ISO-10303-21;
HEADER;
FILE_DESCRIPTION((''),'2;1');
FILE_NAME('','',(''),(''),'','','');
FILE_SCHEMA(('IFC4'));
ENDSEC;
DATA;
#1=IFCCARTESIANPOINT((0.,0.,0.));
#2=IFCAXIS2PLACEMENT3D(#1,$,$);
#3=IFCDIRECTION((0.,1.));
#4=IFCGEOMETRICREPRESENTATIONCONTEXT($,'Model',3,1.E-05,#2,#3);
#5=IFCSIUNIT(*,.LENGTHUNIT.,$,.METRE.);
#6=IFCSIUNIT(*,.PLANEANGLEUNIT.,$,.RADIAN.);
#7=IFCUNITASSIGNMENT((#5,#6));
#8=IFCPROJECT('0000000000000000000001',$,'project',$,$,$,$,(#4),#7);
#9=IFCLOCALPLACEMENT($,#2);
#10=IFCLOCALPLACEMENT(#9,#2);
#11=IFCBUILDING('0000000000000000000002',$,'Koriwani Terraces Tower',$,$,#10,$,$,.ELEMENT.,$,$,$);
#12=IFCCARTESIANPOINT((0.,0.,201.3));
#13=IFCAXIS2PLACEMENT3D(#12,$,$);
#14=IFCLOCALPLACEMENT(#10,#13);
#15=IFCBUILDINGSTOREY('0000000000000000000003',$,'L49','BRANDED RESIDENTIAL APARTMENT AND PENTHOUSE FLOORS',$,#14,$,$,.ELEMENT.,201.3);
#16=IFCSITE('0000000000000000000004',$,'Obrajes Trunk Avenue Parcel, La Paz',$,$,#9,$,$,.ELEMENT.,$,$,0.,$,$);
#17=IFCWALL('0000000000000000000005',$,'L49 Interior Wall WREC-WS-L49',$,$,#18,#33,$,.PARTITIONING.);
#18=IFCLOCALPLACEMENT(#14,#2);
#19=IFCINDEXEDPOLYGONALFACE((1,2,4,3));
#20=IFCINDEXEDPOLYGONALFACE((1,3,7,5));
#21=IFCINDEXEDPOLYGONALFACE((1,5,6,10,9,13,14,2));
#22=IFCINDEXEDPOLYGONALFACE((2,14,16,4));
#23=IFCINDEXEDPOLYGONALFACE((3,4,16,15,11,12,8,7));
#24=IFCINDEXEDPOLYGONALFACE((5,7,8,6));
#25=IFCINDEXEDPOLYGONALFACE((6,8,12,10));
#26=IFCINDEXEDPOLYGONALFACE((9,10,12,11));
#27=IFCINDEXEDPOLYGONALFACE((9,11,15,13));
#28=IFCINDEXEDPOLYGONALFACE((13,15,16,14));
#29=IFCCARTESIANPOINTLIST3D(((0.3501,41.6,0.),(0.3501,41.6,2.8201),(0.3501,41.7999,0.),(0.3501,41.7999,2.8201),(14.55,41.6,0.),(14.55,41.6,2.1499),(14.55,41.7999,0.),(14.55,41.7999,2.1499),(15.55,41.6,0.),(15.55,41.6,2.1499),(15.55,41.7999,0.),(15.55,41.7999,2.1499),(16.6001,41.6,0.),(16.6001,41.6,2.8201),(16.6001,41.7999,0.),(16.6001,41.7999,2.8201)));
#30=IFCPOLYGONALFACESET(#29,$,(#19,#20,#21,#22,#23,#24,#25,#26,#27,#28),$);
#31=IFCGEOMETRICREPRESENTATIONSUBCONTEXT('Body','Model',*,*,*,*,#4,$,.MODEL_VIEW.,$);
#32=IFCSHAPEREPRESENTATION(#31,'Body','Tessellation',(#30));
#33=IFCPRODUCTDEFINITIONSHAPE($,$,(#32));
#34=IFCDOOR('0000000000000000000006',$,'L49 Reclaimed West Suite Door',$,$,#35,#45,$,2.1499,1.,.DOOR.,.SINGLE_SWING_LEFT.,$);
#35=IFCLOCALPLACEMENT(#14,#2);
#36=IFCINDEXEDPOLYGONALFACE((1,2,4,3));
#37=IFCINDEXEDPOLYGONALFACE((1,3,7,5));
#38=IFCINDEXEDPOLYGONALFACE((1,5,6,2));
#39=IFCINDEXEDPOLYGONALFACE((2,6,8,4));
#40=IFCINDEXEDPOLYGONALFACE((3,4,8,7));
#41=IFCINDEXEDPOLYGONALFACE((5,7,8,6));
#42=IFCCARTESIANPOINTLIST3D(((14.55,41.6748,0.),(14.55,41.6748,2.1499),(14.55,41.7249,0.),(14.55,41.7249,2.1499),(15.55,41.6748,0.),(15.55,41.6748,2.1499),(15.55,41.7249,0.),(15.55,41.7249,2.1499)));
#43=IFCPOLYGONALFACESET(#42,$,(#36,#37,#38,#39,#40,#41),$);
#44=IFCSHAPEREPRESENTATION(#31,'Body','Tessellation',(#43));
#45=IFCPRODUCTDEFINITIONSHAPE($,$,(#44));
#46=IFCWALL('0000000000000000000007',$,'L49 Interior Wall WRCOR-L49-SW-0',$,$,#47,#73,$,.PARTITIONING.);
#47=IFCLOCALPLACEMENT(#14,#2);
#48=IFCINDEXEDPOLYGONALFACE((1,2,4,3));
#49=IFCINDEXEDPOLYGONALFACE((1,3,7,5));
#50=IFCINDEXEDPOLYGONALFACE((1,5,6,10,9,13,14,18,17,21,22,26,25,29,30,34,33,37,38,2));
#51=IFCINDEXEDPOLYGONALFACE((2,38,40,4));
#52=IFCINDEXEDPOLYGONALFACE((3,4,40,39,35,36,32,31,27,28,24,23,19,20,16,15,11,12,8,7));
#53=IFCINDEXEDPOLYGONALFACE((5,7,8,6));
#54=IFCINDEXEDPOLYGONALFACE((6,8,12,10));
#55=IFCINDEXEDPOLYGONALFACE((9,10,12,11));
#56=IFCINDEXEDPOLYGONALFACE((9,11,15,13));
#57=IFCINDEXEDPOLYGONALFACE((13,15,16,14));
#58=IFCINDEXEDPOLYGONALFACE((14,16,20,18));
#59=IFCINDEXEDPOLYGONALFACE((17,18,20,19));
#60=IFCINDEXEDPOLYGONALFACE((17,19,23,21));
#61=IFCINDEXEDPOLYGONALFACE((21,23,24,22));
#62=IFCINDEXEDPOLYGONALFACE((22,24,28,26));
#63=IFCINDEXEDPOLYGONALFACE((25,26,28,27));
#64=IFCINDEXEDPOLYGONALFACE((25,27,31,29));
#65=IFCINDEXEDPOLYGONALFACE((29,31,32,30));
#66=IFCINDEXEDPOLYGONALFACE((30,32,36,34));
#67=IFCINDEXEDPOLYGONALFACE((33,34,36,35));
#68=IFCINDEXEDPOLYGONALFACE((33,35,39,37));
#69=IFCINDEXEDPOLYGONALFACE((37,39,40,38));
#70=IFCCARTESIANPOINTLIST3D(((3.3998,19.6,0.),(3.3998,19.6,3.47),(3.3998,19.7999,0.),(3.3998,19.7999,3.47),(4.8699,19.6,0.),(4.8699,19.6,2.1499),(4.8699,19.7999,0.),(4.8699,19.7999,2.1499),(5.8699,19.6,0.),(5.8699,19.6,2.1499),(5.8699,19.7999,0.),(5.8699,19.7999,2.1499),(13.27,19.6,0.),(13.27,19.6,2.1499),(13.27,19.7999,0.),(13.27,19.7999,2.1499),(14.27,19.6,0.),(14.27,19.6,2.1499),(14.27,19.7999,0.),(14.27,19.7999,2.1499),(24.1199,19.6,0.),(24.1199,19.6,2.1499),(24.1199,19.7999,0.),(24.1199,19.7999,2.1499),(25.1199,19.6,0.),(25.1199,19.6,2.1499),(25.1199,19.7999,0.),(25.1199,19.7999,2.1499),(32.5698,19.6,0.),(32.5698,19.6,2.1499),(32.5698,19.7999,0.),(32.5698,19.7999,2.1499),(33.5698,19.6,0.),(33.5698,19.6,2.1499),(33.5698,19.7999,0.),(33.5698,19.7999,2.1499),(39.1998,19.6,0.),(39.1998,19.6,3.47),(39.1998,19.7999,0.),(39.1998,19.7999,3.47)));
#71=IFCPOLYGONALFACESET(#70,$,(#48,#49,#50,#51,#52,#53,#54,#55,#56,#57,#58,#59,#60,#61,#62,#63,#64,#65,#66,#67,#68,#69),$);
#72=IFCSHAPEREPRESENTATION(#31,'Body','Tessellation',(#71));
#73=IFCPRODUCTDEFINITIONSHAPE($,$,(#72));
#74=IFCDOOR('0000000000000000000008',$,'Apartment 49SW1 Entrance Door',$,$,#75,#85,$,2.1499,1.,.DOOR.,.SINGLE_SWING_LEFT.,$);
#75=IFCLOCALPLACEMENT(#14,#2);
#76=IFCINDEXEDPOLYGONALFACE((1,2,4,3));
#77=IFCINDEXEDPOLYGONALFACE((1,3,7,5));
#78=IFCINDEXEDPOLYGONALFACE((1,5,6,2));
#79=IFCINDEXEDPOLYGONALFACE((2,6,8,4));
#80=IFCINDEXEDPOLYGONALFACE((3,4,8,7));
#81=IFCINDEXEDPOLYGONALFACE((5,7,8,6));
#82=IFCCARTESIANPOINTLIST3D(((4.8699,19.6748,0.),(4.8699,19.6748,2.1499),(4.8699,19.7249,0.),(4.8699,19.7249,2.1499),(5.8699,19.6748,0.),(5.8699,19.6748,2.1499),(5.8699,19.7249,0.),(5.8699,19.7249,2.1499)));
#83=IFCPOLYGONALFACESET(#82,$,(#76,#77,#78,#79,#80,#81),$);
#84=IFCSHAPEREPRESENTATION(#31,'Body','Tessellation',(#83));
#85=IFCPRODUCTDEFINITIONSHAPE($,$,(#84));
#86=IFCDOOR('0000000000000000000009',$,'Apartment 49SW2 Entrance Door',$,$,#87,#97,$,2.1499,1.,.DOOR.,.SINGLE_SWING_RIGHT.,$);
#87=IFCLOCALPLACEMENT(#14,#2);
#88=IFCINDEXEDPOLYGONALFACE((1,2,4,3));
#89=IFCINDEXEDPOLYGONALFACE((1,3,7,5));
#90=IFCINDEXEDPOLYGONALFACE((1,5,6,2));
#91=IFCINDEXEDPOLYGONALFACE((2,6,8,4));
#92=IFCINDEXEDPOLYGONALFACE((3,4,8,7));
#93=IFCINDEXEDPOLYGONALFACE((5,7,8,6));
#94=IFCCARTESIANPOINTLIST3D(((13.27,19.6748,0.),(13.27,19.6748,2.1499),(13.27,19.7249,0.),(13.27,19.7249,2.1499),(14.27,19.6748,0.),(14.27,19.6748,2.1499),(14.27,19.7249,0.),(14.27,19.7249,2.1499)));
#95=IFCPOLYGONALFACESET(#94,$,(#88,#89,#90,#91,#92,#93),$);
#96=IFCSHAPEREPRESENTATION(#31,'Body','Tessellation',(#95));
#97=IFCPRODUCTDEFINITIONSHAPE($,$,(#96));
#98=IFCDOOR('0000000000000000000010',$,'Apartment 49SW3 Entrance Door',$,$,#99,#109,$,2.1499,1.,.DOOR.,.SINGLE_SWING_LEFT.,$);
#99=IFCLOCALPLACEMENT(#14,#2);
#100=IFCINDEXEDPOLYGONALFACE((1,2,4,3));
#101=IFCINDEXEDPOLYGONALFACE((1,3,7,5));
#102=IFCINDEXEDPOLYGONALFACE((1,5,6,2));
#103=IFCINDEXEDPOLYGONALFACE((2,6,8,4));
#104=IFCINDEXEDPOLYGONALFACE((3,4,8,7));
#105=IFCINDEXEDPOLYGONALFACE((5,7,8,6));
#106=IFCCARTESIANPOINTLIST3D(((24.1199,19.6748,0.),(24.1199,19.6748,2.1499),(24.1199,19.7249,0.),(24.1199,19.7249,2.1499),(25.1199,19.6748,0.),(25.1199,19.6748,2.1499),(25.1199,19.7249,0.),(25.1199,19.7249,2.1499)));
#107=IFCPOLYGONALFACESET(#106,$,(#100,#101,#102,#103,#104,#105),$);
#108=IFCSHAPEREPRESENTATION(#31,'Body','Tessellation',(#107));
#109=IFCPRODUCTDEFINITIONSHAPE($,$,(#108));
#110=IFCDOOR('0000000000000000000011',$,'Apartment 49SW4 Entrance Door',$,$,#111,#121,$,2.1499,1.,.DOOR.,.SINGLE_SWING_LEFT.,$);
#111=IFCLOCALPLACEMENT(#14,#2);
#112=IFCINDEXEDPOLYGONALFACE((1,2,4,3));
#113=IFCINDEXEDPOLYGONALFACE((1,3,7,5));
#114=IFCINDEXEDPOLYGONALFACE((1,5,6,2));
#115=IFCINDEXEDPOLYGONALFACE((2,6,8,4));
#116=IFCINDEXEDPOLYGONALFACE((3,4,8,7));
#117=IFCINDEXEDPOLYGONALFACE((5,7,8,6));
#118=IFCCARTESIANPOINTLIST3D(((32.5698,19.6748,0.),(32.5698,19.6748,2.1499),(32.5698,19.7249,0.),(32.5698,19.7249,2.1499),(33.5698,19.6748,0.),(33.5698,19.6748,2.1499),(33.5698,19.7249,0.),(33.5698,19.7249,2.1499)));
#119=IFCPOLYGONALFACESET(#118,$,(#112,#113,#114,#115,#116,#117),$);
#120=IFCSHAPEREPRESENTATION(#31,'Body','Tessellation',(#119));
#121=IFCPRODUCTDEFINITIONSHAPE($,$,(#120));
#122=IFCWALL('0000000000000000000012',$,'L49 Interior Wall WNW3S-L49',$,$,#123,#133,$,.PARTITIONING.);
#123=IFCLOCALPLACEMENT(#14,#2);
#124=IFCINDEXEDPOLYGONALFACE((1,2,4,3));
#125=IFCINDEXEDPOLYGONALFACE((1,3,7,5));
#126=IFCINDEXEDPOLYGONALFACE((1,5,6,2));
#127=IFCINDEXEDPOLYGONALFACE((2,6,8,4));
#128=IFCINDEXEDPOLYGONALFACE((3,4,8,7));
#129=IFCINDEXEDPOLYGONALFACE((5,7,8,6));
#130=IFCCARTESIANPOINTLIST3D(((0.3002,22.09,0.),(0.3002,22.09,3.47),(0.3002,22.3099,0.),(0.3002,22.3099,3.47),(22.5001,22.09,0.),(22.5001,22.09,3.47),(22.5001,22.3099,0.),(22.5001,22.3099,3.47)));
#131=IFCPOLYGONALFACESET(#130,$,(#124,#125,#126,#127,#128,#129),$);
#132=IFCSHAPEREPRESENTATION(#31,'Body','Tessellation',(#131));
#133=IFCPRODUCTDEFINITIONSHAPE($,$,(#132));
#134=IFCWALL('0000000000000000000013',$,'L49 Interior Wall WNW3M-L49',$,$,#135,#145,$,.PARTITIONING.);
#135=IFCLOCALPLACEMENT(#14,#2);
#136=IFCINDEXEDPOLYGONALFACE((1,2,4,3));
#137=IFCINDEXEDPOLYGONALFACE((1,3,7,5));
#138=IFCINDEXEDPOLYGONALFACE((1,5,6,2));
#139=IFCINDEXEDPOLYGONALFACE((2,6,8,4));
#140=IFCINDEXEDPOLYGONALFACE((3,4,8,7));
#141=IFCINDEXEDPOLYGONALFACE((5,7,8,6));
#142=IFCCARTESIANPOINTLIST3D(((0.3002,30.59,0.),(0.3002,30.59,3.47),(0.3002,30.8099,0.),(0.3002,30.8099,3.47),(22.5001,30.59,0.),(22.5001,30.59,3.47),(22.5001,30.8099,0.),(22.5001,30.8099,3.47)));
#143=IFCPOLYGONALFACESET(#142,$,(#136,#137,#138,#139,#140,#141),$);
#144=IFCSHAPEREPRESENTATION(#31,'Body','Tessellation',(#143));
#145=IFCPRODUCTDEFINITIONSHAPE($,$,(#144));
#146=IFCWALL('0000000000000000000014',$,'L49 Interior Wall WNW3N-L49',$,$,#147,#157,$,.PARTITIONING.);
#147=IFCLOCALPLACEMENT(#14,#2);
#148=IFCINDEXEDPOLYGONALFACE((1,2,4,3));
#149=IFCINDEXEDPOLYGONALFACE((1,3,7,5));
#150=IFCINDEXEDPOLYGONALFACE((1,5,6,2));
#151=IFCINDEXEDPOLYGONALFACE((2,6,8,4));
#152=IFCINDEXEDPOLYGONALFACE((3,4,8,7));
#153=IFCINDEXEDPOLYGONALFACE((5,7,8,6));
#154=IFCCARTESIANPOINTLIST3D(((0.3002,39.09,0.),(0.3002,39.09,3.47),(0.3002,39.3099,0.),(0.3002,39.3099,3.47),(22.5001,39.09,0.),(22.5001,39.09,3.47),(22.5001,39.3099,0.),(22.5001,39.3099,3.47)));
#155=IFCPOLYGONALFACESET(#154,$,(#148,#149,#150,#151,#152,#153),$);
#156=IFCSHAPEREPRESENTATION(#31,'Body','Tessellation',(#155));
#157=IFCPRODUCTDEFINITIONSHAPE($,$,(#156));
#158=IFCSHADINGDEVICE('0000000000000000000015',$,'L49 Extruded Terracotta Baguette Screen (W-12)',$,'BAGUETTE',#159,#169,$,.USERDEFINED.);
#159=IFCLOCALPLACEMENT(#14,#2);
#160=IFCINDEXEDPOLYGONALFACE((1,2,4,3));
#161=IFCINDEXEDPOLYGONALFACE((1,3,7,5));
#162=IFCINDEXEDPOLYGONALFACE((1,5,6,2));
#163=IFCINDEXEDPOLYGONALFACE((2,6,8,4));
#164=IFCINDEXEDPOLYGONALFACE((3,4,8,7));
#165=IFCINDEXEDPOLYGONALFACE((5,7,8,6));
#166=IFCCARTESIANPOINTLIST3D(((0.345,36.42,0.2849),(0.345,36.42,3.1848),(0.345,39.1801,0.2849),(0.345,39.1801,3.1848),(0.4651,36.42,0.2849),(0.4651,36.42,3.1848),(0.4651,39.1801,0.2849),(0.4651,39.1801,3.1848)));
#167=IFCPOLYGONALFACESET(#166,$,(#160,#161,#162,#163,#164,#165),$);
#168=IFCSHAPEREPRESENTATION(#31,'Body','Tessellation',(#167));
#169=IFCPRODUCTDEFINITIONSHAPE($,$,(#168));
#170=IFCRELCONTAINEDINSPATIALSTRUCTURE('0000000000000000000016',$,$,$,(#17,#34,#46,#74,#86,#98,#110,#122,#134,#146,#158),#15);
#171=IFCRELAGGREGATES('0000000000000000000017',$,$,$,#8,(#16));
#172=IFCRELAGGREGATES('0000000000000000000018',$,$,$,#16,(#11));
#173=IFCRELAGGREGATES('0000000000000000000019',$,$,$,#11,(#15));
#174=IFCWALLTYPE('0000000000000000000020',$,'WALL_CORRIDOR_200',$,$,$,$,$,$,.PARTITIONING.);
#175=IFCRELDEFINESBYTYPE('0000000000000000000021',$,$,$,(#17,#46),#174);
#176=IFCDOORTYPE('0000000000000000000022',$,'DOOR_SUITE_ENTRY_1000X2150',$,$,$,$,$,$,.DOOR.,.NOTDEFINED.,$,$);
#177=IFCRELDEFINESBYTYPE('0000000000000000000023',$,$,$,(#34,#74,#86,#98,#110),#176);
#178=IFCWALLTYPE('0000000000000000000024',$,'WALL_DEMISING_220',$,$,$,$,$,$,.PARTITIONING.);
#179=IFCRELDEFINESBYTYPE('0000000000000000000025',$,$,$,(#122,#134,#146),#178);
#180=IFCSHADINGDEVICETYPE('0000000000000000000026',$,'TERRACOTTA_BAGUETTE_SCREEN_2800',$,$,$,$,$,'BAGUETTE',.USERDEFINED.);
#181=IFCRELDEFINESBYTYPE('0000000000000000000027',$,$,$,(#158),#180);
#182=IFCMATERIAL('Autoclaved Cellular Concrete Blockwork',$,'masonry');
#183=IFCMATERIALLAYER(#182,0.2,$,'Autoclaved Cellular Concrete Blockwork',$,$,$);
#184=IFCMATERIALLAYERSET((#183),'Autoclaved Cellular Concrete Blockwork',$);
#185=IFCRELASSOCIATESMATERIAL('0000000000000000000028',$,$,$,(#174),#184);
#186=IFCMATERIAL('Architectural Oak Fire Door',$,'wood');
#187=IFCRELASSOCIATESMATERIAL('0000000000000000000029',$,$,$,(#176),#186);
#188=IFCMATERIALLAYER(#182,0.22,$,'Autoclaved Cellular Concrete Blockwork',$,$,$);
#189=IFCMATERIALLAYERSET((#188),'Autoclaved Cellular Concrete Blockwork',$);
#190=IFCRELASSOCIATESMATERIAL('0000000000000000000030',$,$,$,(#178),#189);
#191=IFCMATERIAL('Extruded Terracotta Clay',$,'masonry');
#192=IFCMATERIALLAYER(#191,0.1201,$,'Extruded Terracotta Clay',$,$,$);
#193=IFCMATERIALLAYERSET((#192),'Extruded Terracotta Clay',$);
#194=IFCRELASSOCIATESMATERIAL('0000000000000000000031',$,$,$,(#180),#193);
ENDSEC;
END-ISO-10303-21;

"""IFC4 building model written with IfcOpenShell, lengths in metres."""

from ifc_helpers import new_model, si_unit, direction, frame, frame_2d, origin, origin_2d, place, context, subcontext, project, spatial, rectangle, extrude, material, layer, layer_set, type_object, element, fill, save


model = new_model("IFC4")

# Units and contexts
model_context = context("Model", 3, precision=1e-05, world=origin(), true_north=direction((0.0, 1.0)))
body_context = subcontext(model_context, "Body", "Model", "MODEL_VIEW")
ifc_project = project(units=[si_unit("LENGTHUNIT", "METRE"), si_unit("PLANEANGLEUNIT", "RADIAN")], contexts=[model_context])

# Site, building, storey
site_placement = place(None, origin())
site = spatial("IfcSite", under=ifc_project, at=site_placement, Name="Obrajes Trunk Avenue Parcel, La Paz", CompositionType="ELEMENT", RefElevation=0.0)
building_placement = place(site_placement, origin())
building = spatial("IfcBuilding", under=site, at=building_placement, Name="Koriwani Terraces Tower", CompositionType="ELEMENT")
storey_placement = place(building_placement, frame((0.0, 0.0, 201.3)))
storey = spatial("IfcBuildingStorey", under=building, at=storey_placement, Name="L49", Description="BRANDED RESIDENTIAL APARTMENT AND PENTHOUSE FLOORS", CompositionType="ELEMENT", Elevation=201.3)

# Wall, opening, door
ifc_material_1 = material(Name="Autoclaved Cellular Concrete Blockwork", Category="masonry")
ifc_layer_1 = layer(ifc_material_1, 0.2, Name="Autoclaved Cellular Concrete Blockwork")
ifc_layer_set_1 = layer_set([ifc_layer_1], Name="Autoclaved Cellular Concrete Blockwork")
wall_type_1 = type_object("IfcWallType", Name="WALL_CORRIDOR_200", PredefinedType="PARTITIONING", material=ifc_layer_set_1)
wall_1_placement = place(storey_placement, frame((0.3501, 41.7, 0.0), z_axis=(0.0, 0.0, 1.0), x_axis=(1.0, 0.0, 0.0)))
wall_1 = element("IfcWall", 1, at=wall_1_placement, inside=storey, type_object=wall_type_1, Name="L49 Interior Wall WREC-WS-L49", PredefinedType="PARTITIONING", context=body_context, shape_type="SweptSolid", body=[
    extrude(rectangle(XDim=16.25, YDim=0.2, at=frame_2d((8.125, 0.0))), origin(), (0.0, 0.0, 1.0), 2.8201),
])
opening_1_placement = place(wall_1_placement, frame((14.2, 0.0, 0.0)))
opening_1 = element("IfcOpeningElement", 2, at=opening_1_placement, cuts=wall_1, PredefinedType="OPENING", context=body_context, shape_type="SweptSolid", body=[
    extrude(rectangle(XDim=1.0, YDim=2.1499, at=frame_2d((0.5, 1.075))), frame((0.0, 0.1099, 0.0), z_axis=(0.0, -1.0, 0.0), x_axis=(1.0, 0.0, 0.0)), (0.0, 0.0, 1.0), 0.22),
])
ifc_material_2 = material(Name="Architectural Oak Fire Door", Category="wood")
door_type = type_object("IfcDoorType", Name="DOOR_SUITE_ENTRY_1000X2150", OperationType="NOTDEFINED", PredefinedType="DOOR", material=ifc_material_2)
door_1_placement = place(opening_1_placement, origin())
door_1 = element("IfcDoor", 3, at=door_1_placement, inside=storey, type_object=door_type, Name="L49 Reclaimed West Suite Door", OperationType="SINGLE_SWING_LEFT", OverallHeight=2.1499, OverallWidth=1.0, PredefinedType="DOOR", context=body_context, shape_type="SweptSolid", body=[
    extrude(rectangle(XDim=1.0, YDim=2.1499, at=frame_2d((0.5, 1.075))), frame((0.0, 0.0249, 0.0), z_axis=(0.0, -1.0, 0.0), x_axis=(1.0, 0.0, 0.0)), (0.0, 0.0, 1.0), 0.05),
])
fill(opening_1, door_1)

# Wall, openings, doors
wall_2_placement = place(storey_placement, frame((3.3999, 19.7, 0.0), z_axis=(0.0, 0.0, 1.0), x_axis=(1.0, 0.0, 0.0)))
wall_2 = element("IfcWall", 4, at=wall_2_placement, inside=storey, type_object=wall_type_1, Name="L49 Interior Wall WRCOR-L49-SW-0", PredefinedType="PARTITIONING", context=body_context, shape_type="SweptSolid", body=[
    extrude(rectangle(XDim=35.8, YDim=0.2, at=frame_2d((17.8999, 0.0))), origin(), (0.0, 0.0, 1.0), 3.47),
])
opening_2_placement = place(wall_2_placement, frame((1.47, 0.0, 0.0)))
opening_2 = element("IfcOpeningElement", 5, at=opening_2_placement, cuts=wall_2, PredefinedType="OPENING", context=body_context, shape_type="SweptSolid", body=[
    extrude(rectangle(XDim=1.0, YDim=2.1499, at=frame_2d((0.5, 1.075))), frame((0.0, 0.1099, 0.0), z_axis=(0.0, -1.0, 0.0), x_axis=(1.0, 0.0, 0.0)), (0.0, 0.0, 1.0), 0.22),
])
opening_3_placement = place(wall_2_placement, frame((9.8701, 0.0, 0.0)))
opening_3 = element("IfcOpeningElement", 6, at=opening_3_placement, cuts=wall_2, PredefinedType="OPENING", context=body_context, shape_type="SweptSolid", body=[
    extrude(rectangle(XDim=1.0, YDim=2.1499, at=frame_2d((0.5, 1.075))), frame((0.0, 0.1099, 0.0), z_axis=(0.0, -1.0, 0.0), x_axis=(1.0, 0.0, 0.0)), (0.0, 0.0, 1.0), 0.22),
])
opening_4_placement = place(wall_2_placement, frame((20.72, 0.0, 0.0)))
opening_4 = element("IfcOpeningElement", 7, at=opening_4_placement, cuts=wall_2, PredefinedType="OPENING", context=body_context, shape_type="SweptSolid", body=[
    extrude(rectangle(XDim=1.0, YDim=2.1499, at=frame_2d((0.5, 1.075))), frame((0.0, 0.1099, 0.0), z_axis=(0.0, -1.0, 0.0), x_axis=(1.0, 0.0, 0.0)), (0.0, 0.0, 1.0), 0.22),
])
opening_5_placement = place(wall_2_placement, frame((29.1699, 0.0, 0.0)))
opening_5 = element("IfcOpeningElement", 8, at=opening_5_placement, cuts=wall_2, PredefinedType="OPENING", context=body_context, shape_type="SweptSolid", body=[
    extrude(rectangle(XDim=1.0, YDim=2.1499, at=frame_2d((0.5, 1.075))), frame((0.0, 0.1099, 0.0), z_axis=(0.0, -1.0, 0.0), x_axis=(1.0, 0.0, 0.0)), (0.0, 0.0, 1.0), 0.22),
])
door_2_placement = place(opening_2_placement, origin())
door_2 = element("IfcDoor", 9, at=door_2_placement, inside=storey, type_object=door_type, Name="Apartment 49SW1 Entrance Door", OperationType="SINGLE_SWING_LEFT", OverallHeight=2.1499, OverallWidth=1.0, PredefinedType="DOOR", context=body_context, shape_type="SweptSolid", body=[
    extrude(rectangle(XDim=1.0, YDim=2.1499, at=frame_2d((0.5, 1.075))), frame((0.0, 0.0249, 0.0), z_axis=(0.0, -1.0, 0.0), x_axis=(1.0, 0.0, 0.0)), (0.0, 0.0, 1.0), 0.05),
])
fill(opening_2, door_2)
door_3_placement = place(opening_3_placement, origin())
door_3 = element("IfcDoor", 10, at=door_3_placement, inside=storey, type_object=door_type, Name="Apartment 49SW2 Entrance Door", OperationType="SINGLE_SWING_RIGHT", OverallHeight=2.1499, OverallWidth=1.0, PredefinedType="DOOR", context=body_context, shape_type="SweptSolid", body=[
    extrude(rectangle(XDim=1.0, YDim=2.1499, at=frame_2d((0.5, 1.075))), frame((0.0, 0.0249, 0.0), z_axis=(0.0, -1.0, 0.0), x_axis=(1.0, 0.0, 0.0)), (0.0, 0.0, 1.0), 0.05),
])
fill(opening_3, door_3)
door_4_placement = place(opening_4_placement, origin())
door_4 = element("IfcDoor", 11, at=door_4_placement, inside=storey, type_object=door_type, Name="Apartment 49SW3 Entrance Door", OperationType="SINGLE_SWING_LEFT", OverallHeight=2.1499, OverallWidth=1.0, PredefinedType="DOOR", context=body_context, shape_type="SweptSolid", body=[
    extrude(rectangle(XDim=1.0, YDim=2.1499, at=frame_2d((0.5, 1.075))), frame((0.0, 0.0249, 0.0), z_axis=(0.0, -1.0, 0.0), x_axis=(1.0, 0.0, 0.0)), (0.0, 0.0, 1.0), 0.05),
])
fill(opening_4, door_4)
door_5_placement = place(opening_5_placement, origin())
door_5 = element("IfcDoor", 12, at=door_5_placement, inside=storey, type_object=door_type, Name="Apartment 49SW4 Entrance Door", OperationType="SINGLE_SWING_LEFT", OverallHeight=2.1499, OverallWidth=1.0, PredefinedType="DOOR", context=body_context, shape_type="SweptSolid", body=[
    extrude(rectangle(XDim=1.0, YDim=2.1499, at=frame_2d((0.5, 1.075))), frame((0.0, 0.0249, 0.0), z_axis=(0.0, -1.0, 0.0), x_axis=(1.0, 0.0, 0.0)), (0.0, 0.0, 1.0), 0.05),
])
fill(opening_5, door_5)

# Walls
ifc_layer_2 = layer(ifc_material_1, 0.22, Name="Autoclaved Cellular Concrete Blockwork")
ifc_layer_set_2 = layer_set([ifc_layer_2], Name="Autoclaved Cellular Concrete Blockwork")
wall_type_2 = type_object("IfcWallType", Name="WALL_DEMISING_220", PredefinedType="PARTITIONING", material=ifc_layer_set_2)
for number, where, z_axis, x_axis, name in (
    (13, (0.3, 22.2, 0.0), (0.0, 0.0, 1.0), (1.0, 0.0, 0.0), "L49 Interior Wall WNW3S-L49"),
    (14, (0.3, 30.7, 0.0), (0.0, 0.0, 1.0), (1.0, 0.0, 0.0), "L49 Interior Wall WNW3M-L49"),
    (15, (0.3, 39.2, 0.0), (0.0, 0.0, 1.0), (1.0, 0.0, 0.0), "L49 Interior Wall WNW3N-L49"),
):
    element("IfcWall", number, at=place(storey_placement, frame(where, z_axis=z_axis, x_axis=x_axis)), inside=storey, type_object=wall_type_2, Name=name, PredefinedType="PARTITIONING", context=body_context, shape_type="SweptSolid", body=[
        extrude(rectangle(XDim=22.2, YDim=0.22, at=frame_2d((11.1001, 0.0))), origin(), (0.0, 0.0, 1.0), 3.47),
    ])

# Shading device
ifc_material_3 = material(Name="Extruded Terracotta Clay", Category="masonry")
ifc_layer_3 = layer(ifc_material_3, 0.1201, Name="Extruded Terracotta Clay")
ifc_layer_set_3 = layer_set([ifc_layer_3], Name="Extruded Terracotta Clay")
shading_device_type = type_object("IfcShadingDeviceType", Name="TERRACOTTA_BAGUETTE_SCREEN_2800", ElementType="BAGUETTE", PredefinedType="USERDEFINED", material=ifc_layer_set_3)
shading_device_placement = place(storey_placement, frame((0.405, 37.8, 0.2849), z_axis=(0.0, 0.0, 1.0), x_axis=(0.0, 1.0, 0.0)))
element("IfcShadingDevice", 16, at=shading_device_placement, inside=storey, type_object=shading_device_type, Name="L49 Extruded Terracotta Baguette Screen (W-12)", ObjectType="BAGUETTE", PredefinedType="USERDEFINED", context=body_context, shape_type="SweptSolid", body=[
    extrude(rectangle(XDim=2.76, YDim=0.1201, at=origin_2d()), origin(), (0.0, 0.0, 1.0), 2.8999),
])

save(model, "model.ifc")
